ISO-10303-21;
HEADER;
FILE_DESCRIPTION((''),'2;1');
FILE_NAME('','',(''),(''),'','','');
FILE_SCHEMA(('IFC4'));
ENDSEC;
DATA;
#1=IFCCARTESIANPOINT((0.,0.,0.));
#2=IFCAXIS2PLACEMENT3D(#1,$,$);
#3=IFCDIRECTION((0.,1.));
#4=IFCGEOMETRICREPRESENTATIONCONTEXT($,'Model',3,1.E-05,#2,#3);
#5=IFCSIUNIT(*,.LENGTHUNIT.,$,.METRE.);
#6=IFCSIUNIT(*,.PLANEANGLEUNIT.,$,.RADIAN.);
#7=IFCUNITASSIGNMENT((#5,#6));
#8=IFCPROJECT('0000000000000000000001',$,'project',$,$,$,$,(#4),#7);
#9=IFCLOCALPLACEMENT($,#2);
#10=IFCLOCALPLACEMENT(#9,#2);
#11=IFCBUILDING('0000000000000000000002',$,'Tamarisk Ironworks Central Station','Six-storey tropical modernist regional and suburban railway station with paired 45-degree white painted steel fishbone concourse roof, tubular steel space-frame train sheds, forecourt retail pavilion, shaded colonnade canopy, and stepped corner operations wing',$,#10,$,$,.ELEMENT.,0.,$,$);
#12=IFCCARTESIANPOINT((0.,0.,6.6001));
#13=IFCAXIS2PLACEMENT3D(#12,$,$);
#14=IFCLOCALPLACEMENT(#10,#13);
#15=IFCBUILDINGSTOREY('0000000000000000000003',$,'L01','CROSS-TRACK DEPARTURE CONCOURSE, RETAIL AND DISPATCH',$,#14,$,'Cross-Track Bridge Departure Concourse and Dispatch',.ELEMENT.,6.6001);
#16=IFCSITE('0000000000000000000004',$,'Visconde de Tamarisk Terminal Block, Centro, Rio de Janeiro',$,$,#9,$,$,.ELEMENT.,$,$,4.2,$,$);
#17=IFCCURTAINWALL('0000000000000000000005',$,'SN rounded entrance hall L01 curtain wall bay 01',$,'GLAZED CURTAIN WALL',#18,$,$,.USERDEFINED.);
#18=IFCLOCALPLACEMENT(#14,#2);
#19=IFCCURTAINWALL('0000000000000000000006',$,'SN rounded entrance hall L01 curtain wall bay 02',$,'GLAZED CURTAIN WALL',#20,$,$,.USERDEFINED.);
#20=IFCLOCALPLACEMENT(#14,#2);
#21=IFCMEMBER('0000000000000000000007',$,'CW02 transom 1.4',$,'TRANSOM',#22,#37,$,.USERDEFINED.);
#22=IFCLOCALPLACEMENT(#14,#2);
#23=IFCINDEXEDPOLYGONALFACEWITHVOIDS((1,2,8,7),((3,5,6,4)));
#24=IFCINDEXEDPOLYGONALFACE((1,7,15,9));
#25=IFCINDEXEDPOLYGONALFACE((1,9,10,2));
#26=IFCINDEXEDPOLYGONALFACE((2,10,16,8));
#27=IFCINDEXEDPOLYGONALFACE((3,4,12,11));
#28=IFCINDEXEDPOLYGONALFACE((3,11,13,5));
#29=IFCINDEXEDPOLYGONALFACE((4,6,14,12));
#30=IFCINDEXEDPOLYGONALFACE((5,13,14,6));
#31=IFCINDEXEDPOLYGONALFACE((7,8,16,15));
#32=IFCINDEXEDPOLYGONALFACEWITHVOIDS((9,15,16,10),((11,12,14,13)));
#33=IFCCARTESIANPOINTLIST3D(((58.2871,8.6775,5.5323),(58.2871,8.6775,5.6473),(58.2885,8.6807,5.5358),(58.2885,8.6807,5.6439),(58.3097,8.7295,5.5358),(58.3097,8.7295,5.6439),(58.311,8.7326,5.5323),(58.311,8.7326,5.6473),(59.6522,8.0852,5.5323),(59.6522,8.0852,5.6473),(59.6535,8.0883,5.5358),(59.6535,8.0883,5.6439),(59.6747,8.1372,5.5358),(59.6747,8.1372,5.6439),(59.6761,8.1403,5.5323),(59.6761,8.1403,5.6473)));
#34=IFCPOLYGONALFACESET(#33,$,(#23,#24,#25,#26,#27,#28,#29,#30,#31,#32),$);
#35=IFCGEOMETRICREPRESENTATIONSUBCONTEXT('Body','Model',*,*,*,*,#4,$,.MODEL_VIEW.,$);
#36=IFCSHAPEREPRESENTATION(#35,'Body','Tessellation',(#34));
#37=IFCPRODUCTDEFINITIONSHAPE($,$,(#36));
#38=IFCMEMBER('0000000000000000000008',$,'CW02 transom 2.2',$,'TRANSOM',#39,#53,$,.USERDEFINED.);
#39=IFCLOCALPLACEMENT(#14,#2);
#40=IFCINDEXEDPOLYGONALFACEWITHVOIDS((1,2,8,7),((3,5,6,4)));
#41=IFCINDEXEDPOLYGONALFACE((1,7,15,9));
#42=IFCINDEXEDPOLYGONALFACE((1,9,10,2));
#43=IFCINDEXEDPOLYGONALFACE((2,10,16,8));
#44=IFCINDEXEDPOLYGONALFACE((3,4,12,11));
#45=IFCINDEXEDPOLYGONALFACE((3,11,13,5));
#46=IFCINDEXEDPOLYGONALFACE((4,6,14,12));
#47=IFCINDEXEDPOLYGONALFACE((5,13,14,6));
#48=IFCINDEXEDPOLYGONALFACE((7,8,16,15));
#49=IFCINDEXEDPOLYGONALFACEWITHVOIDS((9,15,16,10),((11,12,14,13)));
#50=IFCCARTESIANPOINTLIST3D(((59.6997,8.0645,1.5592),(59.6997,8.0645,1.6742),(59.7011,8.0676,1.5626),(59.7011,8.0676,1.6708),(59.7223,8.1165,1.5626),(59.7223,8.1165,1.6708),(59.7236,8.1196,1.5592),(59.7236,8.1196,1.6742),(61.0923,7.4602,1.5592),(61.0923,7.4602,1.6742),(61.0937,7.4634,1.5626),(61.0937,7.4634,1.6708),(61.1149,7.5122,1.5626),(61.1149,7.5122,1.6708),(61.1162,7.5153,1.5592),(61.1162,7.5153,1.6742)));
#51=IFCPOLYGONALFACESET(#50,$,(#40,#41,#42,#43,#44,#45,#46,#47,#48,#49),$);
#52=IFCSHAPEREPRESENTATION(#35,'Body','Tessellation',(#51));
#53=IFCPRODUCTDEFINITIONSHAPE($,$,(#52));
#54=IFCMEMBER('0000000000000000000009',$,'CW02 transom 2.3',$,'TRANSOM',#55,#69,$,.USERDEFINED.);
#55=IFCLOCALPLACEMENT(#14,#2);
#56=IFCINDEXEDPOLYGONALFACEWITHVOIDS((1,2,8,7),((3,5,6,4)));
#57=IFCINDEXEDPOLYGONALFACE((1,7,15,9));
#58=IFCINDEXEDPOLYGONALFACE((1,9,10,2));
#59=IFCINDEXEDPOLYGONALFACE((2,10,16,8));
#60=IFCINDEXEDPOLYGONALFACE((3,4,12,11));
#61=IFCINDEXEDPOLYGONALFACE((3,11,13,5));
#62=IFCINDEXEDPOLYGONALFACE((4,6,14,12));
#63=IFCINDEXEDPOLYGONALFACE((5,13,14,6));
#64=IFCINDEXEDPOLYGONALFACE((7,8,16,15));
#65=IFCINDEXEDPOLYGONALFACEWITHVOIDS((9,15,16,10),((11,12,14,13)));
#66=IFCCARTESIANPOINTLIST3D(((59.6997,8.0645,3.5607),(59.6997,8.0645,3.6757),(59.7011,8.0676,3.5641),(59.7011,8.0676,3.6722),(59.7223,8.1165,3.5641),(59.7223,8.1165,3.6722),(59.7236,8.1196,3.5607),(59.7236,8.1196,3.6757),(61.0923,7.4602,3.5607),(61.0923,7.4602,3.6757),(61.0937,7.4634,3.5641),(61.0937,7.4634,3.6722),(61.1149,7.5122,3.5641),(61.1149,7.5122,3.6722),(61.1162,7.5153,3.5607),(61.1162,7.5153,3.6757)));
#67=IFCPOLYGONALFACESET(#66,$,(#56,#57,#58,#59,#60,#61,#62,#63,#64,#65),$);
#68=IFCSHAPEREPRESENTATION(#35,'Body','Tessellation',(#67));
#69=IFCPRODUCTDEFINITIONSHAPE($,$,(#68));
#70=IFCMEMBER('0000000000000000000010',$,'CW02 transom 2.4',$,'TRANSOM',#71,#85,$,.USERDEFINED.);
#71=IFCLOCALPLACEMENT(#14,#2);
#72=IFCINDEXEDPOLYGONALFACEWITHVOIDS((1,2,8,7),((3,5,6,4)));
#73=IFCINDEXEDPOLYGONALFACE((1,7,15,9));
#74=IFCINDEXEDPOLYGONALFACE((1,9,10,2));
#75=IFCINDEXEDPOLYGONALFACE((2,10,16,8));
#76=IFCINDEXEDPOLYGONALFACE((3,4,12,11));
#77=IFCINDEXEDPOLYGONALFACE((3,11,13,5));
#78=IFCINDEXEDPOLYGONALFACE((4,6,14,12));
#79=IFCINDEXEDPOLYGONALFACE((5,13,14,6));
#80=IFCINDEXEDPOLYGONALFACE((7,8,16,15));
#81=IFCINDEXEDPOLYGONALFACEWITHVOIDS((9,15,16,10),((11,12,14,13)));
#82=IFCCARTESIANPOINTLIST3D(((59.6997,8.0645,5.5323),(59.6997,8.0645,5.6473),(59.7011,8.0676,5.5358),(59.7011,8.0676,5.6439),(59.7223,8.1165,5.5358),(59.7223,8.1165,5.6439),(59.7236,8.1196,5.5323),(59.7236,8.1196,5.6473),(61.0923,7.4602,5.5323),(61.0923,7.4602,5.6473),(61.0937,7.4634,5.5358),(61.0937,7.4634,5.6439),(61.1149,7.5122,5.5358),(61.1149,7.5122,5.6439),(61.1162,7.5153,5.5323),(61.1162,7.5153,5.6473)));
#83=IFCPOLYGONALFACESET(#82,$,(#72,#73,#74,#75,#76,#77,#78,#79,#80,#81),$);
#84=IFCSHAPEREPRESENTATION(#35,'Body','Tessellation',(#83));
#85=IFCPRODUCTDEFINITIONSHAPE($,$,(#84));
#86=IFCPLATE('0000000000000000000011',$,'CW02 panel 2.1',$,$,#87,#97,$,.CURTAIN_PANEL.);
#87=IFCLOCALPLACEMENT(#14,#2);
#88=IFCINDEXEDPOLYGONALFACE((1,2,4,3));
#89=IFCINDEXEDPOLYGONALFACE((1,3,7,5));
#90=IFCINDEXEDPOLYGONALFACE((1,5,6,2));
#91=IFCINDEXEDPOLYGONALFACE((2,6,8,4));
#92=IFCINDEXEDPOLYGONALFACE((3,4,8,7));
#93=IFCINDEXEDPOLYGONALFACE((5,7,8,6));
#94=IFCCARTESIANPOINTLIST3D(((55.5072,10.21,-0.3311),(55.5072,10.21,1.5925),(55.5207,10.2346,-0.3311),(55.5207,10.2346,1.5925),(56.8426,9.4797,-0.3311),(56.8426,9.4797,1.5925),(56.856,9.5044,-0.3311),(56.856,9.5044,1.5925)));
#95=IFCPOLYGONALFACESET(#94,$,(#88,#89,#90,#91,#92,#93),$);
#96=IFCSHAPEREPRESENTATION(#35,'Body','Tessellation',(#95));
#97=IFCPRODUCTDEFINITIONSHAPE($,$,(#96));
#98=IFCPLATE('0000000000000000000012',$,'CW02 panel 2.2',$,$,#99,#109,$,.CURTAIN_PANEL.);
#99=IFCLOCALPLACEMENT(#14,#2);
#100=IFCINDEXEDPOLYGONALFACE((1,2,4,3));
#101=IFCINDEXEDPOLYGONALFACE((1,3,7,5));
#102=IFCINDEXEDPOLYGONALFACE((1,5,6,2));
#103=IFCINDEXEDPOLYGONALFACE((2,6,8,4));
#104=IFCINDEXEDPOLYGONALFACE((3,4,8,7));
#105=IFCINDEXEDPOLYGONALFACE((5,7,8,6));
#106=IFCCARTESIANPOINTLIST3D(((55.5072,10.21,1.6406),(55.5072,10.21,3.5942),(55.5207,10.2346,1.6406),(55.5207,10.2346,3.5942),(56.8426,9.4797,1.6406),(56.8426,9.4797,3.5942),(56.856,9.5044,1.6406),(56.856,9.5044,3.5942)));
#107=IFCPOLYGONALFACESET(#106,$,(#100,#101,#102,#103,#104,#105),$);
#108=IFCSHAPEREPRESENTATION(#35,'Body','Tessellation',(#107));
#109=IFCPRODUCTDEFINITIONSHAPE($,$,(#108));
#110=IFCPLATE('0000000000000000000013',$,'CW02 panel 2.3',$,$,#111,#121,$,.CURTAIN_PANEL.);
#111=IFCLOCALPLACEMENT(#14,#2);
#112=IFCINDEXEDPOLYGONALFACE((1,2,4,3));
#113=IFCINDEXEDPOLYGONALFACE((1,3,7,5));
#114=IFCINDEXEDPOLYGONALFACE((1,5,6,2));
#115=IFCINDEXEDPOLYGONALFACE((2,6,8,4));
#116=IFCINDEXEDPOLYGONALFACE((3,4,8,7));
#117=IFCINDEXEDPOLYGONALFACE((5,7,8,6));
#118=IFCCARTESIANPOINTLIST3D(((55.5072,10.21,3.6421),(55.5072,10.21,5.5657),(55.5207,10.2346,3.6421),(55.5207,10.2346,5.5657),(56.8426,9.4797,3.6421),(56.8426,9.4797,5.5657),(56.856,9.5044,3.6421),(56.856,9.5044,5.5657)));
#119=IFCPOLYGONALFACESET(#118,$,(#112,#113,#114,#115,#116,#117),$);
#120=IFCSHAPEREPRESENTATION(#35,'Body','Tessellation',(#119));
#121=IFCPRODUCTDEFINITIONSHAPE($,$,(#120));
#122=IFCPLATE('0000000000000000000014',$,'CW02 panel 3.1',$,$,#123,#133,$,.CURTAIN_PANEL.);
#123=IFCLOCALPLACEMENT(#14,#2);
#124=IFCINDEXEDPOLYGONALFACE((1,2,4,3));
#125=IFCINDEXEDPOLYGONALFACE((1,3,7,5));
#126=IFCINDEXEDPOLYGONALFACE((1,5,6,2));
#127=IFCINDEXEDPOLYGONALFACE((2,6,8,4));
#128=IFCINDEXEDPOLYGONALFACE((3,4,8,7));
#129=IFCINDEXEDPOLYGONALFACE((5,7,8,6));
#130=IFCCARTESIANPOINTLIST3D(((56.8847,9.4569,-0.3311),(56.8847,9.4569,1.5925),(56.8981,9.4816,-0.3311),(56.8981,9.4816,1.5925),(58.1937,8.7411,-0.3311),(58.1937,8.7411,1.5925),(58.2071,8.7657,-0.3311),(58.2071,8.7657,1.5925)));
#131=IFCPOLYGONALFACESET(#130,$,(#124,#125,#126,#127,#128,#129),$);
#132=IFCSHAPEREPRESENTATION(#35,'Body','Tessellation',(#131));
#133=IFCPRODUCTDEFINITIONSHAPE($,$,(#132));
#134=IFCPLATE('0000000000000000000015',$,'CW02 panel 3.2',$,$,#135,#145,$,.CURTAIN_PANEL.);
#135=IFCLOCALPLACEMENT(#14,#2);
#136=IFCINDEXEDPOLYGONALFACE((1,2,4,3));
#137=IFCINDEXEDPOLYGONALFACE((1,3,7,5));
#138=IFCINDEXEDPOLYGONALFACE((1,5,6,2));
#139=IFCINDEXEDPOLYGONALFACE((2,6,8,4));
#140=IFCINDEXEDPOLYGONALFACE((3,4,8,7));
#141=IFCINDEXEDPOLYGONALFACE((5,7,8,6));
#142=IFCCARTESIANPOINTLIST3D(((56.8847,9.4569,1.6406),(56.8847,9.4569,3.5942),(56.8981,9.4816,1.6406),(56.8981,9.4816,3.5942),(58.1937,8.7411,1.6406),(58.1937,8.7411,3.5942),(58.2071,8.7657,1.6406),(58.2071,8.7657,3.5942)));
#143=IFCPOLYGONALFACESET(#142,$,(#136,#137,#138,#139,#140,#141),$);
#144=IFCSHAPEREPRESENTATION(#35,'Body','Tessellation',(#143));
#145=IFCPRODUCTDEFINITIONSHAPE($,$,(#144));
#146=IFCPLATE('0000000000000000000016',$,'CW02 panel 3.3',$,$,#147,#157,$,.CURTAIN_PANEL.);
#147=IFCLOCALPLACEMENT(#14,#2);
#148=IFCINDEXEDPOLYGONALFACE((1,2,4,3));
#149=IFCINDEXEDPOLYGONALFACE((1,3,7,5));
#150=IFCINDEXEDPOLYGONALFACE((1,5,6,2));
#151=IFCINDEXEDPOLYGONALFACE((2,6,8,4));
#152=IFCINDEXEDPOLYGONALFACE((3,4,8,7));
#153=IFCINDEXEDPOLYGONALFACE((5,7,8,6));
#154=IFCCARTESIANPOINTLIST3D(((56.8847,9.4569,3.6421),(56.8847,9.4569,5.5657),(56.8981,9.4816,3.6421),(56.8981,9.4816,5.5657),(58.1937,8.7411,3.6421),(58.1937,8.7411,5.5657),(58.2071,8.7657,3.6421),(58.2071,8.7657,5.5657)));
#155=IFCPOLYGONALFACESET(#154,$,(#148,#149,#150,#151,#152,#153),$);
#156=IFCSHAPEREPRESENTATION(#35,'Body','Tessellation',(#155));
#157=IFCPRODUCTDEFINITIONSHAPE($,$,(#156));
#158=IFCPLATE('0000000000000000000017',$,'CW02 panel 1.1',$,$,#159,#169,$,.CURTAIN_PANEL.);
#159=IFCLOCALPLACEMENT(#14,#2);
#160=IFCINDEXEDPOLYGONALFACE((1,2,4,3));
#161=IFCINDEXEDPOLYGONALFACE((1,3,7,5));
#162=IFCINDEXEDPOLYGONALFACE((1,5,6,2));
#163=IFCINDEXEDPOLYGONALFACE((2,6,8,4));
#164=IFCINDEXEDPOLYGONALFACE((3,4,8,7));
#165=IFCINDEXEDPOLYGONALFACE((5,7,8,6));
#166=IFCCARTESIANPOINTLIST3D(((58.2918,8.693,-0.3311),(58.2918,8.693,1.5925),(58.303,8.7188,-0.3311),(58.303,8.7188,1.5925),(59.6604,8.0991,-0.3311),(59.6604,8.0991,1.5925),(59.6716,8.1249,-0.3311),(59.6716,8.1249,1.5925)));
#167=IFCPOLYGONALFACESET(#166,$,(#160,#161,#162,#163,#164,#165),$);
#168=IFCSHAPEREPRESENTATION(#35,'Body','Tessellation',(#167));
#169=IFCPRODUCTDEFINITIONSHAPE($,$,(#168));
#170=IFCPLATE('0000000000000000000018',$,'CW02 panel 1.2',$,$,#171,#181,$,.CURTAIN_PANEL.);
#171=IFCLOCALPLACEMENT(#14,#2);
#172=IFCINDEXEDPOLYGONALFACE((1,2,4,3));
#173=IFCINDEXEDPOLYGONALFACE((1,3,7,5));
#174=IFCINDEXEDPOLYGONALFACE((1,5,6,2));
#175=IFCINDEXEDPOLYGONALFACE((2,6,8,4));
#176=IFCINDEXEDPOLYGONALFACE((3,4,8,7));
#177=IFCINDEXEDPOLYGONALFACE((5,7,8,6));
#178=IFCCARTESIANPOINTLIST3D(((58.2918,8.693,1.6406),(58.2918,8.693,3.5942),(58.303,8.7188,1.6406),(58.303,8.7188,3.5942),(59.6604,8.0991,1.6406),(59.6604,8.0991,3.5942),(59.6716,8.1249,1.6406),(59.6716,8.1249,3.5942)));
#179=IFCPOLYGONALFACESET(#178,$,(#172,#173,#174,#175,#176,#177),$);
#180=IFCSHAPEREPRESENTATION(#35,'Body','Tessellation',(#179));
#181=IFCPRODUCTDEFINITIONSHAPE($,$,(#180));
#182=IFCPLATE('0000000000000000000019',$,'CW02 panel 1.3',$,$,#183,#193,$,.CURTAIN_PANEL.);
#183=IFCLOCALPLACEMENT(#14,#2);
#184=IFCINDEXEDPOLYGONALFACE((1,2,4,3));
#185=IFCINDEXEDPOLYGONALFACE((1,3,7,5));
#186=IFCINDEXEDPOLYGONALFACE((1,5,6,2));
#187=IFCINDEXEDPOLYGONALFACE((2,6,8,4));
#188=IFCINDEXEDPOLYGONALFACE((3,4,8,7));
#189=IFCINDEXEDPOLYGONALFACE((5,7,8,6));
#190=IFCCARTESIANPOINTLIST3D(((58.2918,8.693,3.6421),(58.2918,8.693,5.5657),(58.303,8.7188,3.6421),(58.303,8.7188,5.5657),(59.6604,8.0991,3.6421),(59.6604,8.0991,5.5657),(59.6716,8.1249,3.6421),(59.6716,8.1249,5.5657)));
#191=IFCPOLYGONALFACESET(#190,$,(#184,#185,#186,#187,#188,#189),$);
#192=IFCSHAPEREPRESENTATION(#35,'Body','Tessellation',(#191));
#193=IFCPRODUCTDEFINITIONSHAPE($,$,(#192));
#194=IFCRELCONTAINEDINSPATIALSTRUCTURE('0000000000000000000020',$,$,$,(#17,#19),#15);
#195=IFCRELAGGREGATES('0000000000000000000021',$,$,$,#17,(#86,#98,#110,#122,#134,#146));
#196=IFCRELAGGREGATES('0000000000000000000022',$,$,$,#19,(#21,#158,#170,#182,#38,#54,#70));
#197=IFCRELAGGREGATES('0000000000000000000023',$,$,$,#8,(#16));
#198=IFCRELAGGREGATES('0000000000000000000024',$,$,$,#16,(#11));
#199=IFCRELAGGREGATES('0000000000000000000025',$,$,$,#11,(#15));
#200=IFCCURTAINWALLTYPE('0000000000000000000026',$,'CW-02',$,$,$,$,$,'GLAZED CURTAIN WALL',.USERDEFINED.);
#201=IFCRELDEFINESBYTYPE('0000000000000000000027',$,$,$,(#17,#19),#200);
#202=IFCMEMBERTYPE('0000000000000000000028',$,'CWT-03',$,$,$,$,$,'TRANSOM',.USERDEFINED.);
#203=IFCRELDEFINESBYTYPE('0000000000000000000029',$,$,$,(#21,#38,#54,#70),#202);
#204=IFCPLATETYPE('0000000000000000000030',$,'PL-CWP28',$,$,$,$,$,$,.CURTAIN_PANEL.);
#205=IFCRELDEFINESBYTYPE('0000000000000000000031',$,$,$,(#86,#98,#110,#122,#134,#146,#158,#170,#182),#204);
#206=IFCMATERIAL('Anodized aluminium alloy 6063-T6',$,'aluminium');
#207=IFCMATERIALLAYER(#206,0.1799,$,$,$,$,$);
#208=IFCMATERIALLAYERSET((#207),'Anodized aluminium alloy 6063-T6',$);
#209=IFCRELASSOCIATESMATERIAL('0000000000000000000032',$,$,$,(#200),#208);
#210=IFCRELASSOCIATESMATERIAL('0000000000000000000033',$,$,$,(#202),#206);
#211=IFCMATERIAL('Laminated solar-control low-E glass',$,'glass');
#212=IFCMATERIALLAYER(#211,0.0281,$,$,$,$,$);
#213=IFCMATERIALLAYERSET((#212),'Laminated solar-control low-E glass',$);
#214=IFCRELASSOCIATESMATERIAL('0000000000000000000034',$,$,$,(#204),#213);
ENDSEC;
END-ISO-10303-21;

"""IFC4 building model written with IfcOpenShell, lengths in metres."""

from ifc_helpers import new_model, si_unit, direction, frame, origin, origin_2d, place, context, subcontext, project, spatial, rectangle, hollow_rectangle, extrude, material, layer, layer_set, material_profile, profile_set, type_object, element, aggregate, save


model = new_model("IFC4")

# Units and contexts
model_context = context("Model", 3, precision=1e-05, world=origin(), true_north=direction((0.0, 1.0)))
body_context = subcontext(model_context, "Body", "Model", "MODEL_VIEW")
ifc_project = project(units=[si_unit("LENGTHUNIT", "METRE"), si_unit("PLANEANGLEUNIT", "RADIAN")], contexts=[model_context])

# Site, building, storey
site_placement = place(None, origin())
site = spatial("IfcSite", under=ifc_project, at=site_placement, Name="Visconde de Tamarisk Terminal Block, Centro, Rio de Janeiro", CompositionType="ELEMENT", RefElevation=4.2)
building_placement = place(site_placement, origin())
building = spatial("IfcBuilding", under=site, at=building_placement, Name="Tamarisk Ironworks Central Station", Description="Six-storey tropical modernist regional and suburban railway station with paired 45-degree white painted steel fishbone concourse roof, tubular steel space-frame train sheds, forecourt retail pavilion, shaded colonnade canopy, and stepped corner operations wing", CompositionType="ELEMENT", ElevationOfRefHeight=0.0)
storey_placement = place(building_placement, frame((0.0, 0.0, 6.6001)))
storey = spatial("IfcBuildingStorey", under=building, at=storey_placement, Name="L01", Description="CROSS-TRACK DEPARTURE CONCOURSE, RETAIL AND DISPATCH", LongName="Cross-Track Bridge Departure Concourse and Dispatch", CompositionType="ELEMENT", Elevation=6.6001)

# Curtain walls
ifc_material_1 = material(Name="Anodized aluminium alloy 6063-T6", Category="aluminium")
ifc_layer_1 = layer(ifc_material_1, 0.1799)
ifc_layer_set_1 = layer_set([ifc_layer_1], Name="Anodized aluminium alloy 6063-T6")
curtain_wall_type = type_object("IfcCurtainWallType", Name="CW-02", ElementType="GLAZED CURTAIN WALL", PredefinedType="USERDEFINED", material=ifc_layer_set_1)
curtain_wall_1_placement = place(storey_placement, origin())
curtain_wall_1 = element("IfcCurtainWall", 1, at=curtain_wall_1_placement, inside=storey, type_object=curtain_wall_type, Name="SN rounded entrance hall L01 curtain wall bay 01", ObjectType="GLAZED CURTAIN WALL", PredefinedType="USERDEFINED")
curtain_wall_2_placement = place(storey_placement, origin())
curtain_wall_2 = element("IfcCurtainWall", 2, at=curtain_wall_2_placement, inside=storey, type_object=curtain_wall_type, Name="SN rounded entrance hall L01 curtain wall bay 02", ObjectType="GLAZED CURTAIN WALL", PredefinedType="USERDEFINED")

# Members
ifc_material_profile_1 = material_profile(ifc_material_1, hollow_rectangle(XDim=0.0601, YDim=0.115, WallThickness=0.0034, at=origin_2d()), Name="ALUM 115x60")
ifc_profile_set_1 = profile_set([ifc_material_profile_1], Name="Anodized aluminium alloy 6063-T6")
member_type_1 = type_object("IfcMemberType", Name="CWT-03", ElementType="TRANSOM", PredefinedType="USERDEFINED", material=ifc_profile_set_1)
member_1_placement = place(storey_placement, frame((58.2991, 8.7051, 5.5898), z_axis=(0.917362, -0.398054, 0.0), x_axis=(0.398054, 0.917362, 0.0)))
member_1 = element("IfcMember", 3, at=member_1_placement, type_object=member_type_1, Name="CW02 transom 1.4", ObjectType="TRANSOM", PredefinedType="USERDEFINED", context=body_context, shape_type="SweptSolid", body=[
    extrude(hollow_rectangle(XDim=0.0601, YDim=0.115, WallThickness=0.0034, at=origin_2d()), origin(), (0.0, 0.0, 1.0), 1.488),
])
member_2_placement = place(storey_placement, frame((59.7117, 8.092, 1.6167), z_axis=(0.917364, -0.39805, 0.0), x_axis=(0.39805, 0.917364, 0.0)))
member_2 = element("IfcMember", 4, at=member_2_placement, type_object=member_type_1, Name="CW02 transom 2.2", ObjectType="TRANSOM", PredefinedType="USERDEFINED", context=body_context, shape_type="SweptSolid", body=[
    extrude(hollow_rectangle(XDim=0.0601, YDim=0.115, WallThickness=0.0034, at=origin_2d()), origin(), (0.0, 0.0, 1.0), 1.5181),
])
member_3_placement = place(storey_placement, frame((59.7117, 8.092, 3.6182), z_axis=(0.917364, -0.39805, 0.0), x_axis=(0.39805, 0.917364, 0.0)))
member_3 = element("IfcMember", 5, at=member_3_placement, type_object=member_type_1, Name="CW02 transom 2.3", ObjectType="TRANSOM", PredefinedType="USERDEFINED", context=body_context, shape_type="SweptSolid", body=[
    extrude(hollow_rectangle(XDim=0.0601, YDim=0.115, WallThickness=0.0034, at=origin_2d()), origin(), (0.0, 0.0, 1.0), 1.5181),
])
member_4_placement = place(storey_placement, frame((59.7117, 8.092, 5.5898), z_axis=(0.917364, -0.39805, 0.0), x_axis=(0.39805, 0.917364, 0.0)))
member_4 = element("IfcMember", 6, at=member_4_placement, type_object=member_type_1, Name="CW02 transom 2.4", ObjectType="TRANSOM", PredefinedType="USERDEFINED", context=body_context, shape_type="SweptSolid", body=[
    extrude(hollow_rectangle(XDim=0.0601, YDim=0.115, WallThickness=0.0034, at=origin_2d()), origin(), (0.0, 0.0, 1.0), 1.5181),
])

# Plates
ifc_material_2 = material(Name="Laminated solar-control low-E glass", Category="glass")
ifc_layer_2 = layer(ifc_material_2, 0.0281)
ifc_layer_set_2 = layer_set([ifc_layer_2], Name="Laminated solar-control low-E glass")
plate_type = type_object("IfcPlateType", Name="PL-CWP28", PredefinedType="CURTAIN_PANEL", material=ifc_layer_set_2)
plate_1_placement = place(storey_placement, frame((56.1816, 9.8572, -0.3311), z_axis=(0.0, 0.0, 1.0), x_axis=(0.877375, -0.479805, 0.0)))
plate_1 = element("IfcPlate", 7, at=plate_1_placement, type_object=plate_type, Name="CW02 panel 2.1", PredefinedType="CURTAIN_PANEL", context=body_context, shape_type="SweptSolid", body=[
    extrude(rectangle(XDim=1.522, YDim=0.0281, at=origin_2d()), origin(), (0.0, 0.0, 1.0), 1.9236),
])
plate_2_placement = place(storey_placement, frame((56.1816, 9.8572, 1.6406), z_axis=(0.0, 0.0, 1.0), x_axis=(0.877375, -0.479805, 0.0)))
plate_2 = element("IfcPlate", 8, at=plate_2_placement, type_object=plate_type, Name="CW02 panel 2.2", PredefinedType="CURTAIN_PANEL", context=body_context, shape_type="SweptSolid", body=[
    extrude(rectangle(XDim=1.522, YDim=0.0281, at=origin_2d()), origin(), (0.0, 0.0, 1.0), 1.9536),
])
plate_3_placement = place(storey_placement, frame((56.1816, 9.8572, 3.6421), z_axis=(0.0, 0.0, 1.0), x_axis=(0.877375, -0.479805, 0.0)))
plate_3 = element("IfcPlate", 9, at=plate_3_placement, type_object=plate_type, Name="CW02 panel 2.3", PredefinedType="CURTAIN_PANEL", context=body_context, shape_type="SweptSolid", body=[
    extrude(rectangle(XDim=1.522, YDim=0.0281, at=origin_2d()), origin(), (0.0, 0.0, 1.0), 1.9236),
])
plate_4_placement = place(storey_placement, frame((57.5459, 9.1113, -0.3311), z_axis=(0.0, 0.0, 1.0), x_axis=(0.877375, -0.479805, 0.0)))
plate_4 = element("IfcPlate", 10, at=plate_4_placement, type_object=plate_type, Name="CW02 panel 3.1", PredefinedType="CURTAIN_PANEL", context=body_context, shape_type="SweptSolid", body=[
    extrude(rectangle(XDim=1.4919, YDim=0.0281, at=origin_2d()), origin(), (0.0, 0.0, 1.0), 1.9236),
])
plate_5_placement = place(storey_placement, frame((57.5459, 9.1113, 1.6406), z_axis=(0.0, 0.0, 1.0), x_axis=(0.877375, -0.479805, 0.0)))
plate_5 = element("IfcPlate", 11, at=plate_5_placement, type_object=plate_type, Name="CW02 panel 3.2", PredefinedType="CURTAIN_PANEL", context=body_context, shape_type="SweptSolid", body=[
    extrude(rectangle(XDim=1.4919, YDim=0.0281, at=origin_2d()), origin(), (0.0, 0.0, 1.0), 1.9536),
])
plate_6_placement = place(storey_placement, frame((57.5459, 9.1113, 3.6421), z_axis=(0.0, 0.0, 1.0), x_axis=(0.877375, -0.479805, 0.0)))
plate_6 = element("IfcPlate", 12, at=plate_6_placement, type_object=plate_type, Name="CW02 panel 3.3", PredefinedType="CURTAIN_PANEL", context=body_context, shape_type="SweptSolid", body=[
    extrude(rectangle(XDim=1.4919, YDim=0.0281, at=origin_2d()), origin(), (0.0, 0.0, 1.0), 1.9236),
])
aggregate(curtain_wall_1, [plate_1, plate_2, plate_3, plate_4, plate_5, plate_6])
plate_7_placement = place(storey_placement, frame((58.9817, 8.4089, -0.3311), z_axis=(0.0, 0.0, 1.0), x_axis=(0.917352, -0.398077, 0.0)))
plate_7 = element("IfcPlate", 13, at=plate_7_placement, type_object=plate_type, Name="CW02 panel 1.1", PredefinedType="CURTAIN_PANEL", context=body_context, shape_type="SweptSolid", body=[
    extrude(rectangle(XDim=1.4919, YDim=0.0281, at=origin_2d()), origin(), (0.0, 0.0, 1.0), 1.9236),
])
plate_8_placement = place(storey_placement, frame((58.9817, 8.4089, 1.6406), z_axis=(0.0, 0.0, 1.0), x_axis=(0.917352, -0.398077, 0.0)))
plate_8 = element("IfcPlate", 14, at=plate_8_placement, type_object=plate_type, Name="CW02 panel 1.2", PredefinedType="CURTAIN_PANEL", context=body_context, shape_type="SweptSolid", body=[
    extrude(rectangle(XDim=1.4919, YDim=0.0281, at=origin_2d()), origin(), (0.0, 0.0, 1.0), 1.9536),
])
plate_9_placement = place(storey_placement, frame((58.9817, 8.4089, 3.6421), z_axis=(0.0, 0.0, 1.0), x_axis=(0.917352, -0.398077, 0.0)))
plate_9 = element("IfcPlate", 15, at=plate_9_placement, type_object=plate_type, Name="CW02 panel 1.3", PredefinedType="CURTAIN_PANEL", context=body_context, shape_type="SweptSolid", body=[
    extrude(rectangle(XDim=1.4919, YDim=0.0281, at=origin_2d()), origin(), (0.0, 0.0, 1.0), 1.9236),
])
aggregate(curtain_wall_2, [member_1, plate_7, plate_8, plate_9, member_2, member_3, member_4])

save(model, "model.ifc")
